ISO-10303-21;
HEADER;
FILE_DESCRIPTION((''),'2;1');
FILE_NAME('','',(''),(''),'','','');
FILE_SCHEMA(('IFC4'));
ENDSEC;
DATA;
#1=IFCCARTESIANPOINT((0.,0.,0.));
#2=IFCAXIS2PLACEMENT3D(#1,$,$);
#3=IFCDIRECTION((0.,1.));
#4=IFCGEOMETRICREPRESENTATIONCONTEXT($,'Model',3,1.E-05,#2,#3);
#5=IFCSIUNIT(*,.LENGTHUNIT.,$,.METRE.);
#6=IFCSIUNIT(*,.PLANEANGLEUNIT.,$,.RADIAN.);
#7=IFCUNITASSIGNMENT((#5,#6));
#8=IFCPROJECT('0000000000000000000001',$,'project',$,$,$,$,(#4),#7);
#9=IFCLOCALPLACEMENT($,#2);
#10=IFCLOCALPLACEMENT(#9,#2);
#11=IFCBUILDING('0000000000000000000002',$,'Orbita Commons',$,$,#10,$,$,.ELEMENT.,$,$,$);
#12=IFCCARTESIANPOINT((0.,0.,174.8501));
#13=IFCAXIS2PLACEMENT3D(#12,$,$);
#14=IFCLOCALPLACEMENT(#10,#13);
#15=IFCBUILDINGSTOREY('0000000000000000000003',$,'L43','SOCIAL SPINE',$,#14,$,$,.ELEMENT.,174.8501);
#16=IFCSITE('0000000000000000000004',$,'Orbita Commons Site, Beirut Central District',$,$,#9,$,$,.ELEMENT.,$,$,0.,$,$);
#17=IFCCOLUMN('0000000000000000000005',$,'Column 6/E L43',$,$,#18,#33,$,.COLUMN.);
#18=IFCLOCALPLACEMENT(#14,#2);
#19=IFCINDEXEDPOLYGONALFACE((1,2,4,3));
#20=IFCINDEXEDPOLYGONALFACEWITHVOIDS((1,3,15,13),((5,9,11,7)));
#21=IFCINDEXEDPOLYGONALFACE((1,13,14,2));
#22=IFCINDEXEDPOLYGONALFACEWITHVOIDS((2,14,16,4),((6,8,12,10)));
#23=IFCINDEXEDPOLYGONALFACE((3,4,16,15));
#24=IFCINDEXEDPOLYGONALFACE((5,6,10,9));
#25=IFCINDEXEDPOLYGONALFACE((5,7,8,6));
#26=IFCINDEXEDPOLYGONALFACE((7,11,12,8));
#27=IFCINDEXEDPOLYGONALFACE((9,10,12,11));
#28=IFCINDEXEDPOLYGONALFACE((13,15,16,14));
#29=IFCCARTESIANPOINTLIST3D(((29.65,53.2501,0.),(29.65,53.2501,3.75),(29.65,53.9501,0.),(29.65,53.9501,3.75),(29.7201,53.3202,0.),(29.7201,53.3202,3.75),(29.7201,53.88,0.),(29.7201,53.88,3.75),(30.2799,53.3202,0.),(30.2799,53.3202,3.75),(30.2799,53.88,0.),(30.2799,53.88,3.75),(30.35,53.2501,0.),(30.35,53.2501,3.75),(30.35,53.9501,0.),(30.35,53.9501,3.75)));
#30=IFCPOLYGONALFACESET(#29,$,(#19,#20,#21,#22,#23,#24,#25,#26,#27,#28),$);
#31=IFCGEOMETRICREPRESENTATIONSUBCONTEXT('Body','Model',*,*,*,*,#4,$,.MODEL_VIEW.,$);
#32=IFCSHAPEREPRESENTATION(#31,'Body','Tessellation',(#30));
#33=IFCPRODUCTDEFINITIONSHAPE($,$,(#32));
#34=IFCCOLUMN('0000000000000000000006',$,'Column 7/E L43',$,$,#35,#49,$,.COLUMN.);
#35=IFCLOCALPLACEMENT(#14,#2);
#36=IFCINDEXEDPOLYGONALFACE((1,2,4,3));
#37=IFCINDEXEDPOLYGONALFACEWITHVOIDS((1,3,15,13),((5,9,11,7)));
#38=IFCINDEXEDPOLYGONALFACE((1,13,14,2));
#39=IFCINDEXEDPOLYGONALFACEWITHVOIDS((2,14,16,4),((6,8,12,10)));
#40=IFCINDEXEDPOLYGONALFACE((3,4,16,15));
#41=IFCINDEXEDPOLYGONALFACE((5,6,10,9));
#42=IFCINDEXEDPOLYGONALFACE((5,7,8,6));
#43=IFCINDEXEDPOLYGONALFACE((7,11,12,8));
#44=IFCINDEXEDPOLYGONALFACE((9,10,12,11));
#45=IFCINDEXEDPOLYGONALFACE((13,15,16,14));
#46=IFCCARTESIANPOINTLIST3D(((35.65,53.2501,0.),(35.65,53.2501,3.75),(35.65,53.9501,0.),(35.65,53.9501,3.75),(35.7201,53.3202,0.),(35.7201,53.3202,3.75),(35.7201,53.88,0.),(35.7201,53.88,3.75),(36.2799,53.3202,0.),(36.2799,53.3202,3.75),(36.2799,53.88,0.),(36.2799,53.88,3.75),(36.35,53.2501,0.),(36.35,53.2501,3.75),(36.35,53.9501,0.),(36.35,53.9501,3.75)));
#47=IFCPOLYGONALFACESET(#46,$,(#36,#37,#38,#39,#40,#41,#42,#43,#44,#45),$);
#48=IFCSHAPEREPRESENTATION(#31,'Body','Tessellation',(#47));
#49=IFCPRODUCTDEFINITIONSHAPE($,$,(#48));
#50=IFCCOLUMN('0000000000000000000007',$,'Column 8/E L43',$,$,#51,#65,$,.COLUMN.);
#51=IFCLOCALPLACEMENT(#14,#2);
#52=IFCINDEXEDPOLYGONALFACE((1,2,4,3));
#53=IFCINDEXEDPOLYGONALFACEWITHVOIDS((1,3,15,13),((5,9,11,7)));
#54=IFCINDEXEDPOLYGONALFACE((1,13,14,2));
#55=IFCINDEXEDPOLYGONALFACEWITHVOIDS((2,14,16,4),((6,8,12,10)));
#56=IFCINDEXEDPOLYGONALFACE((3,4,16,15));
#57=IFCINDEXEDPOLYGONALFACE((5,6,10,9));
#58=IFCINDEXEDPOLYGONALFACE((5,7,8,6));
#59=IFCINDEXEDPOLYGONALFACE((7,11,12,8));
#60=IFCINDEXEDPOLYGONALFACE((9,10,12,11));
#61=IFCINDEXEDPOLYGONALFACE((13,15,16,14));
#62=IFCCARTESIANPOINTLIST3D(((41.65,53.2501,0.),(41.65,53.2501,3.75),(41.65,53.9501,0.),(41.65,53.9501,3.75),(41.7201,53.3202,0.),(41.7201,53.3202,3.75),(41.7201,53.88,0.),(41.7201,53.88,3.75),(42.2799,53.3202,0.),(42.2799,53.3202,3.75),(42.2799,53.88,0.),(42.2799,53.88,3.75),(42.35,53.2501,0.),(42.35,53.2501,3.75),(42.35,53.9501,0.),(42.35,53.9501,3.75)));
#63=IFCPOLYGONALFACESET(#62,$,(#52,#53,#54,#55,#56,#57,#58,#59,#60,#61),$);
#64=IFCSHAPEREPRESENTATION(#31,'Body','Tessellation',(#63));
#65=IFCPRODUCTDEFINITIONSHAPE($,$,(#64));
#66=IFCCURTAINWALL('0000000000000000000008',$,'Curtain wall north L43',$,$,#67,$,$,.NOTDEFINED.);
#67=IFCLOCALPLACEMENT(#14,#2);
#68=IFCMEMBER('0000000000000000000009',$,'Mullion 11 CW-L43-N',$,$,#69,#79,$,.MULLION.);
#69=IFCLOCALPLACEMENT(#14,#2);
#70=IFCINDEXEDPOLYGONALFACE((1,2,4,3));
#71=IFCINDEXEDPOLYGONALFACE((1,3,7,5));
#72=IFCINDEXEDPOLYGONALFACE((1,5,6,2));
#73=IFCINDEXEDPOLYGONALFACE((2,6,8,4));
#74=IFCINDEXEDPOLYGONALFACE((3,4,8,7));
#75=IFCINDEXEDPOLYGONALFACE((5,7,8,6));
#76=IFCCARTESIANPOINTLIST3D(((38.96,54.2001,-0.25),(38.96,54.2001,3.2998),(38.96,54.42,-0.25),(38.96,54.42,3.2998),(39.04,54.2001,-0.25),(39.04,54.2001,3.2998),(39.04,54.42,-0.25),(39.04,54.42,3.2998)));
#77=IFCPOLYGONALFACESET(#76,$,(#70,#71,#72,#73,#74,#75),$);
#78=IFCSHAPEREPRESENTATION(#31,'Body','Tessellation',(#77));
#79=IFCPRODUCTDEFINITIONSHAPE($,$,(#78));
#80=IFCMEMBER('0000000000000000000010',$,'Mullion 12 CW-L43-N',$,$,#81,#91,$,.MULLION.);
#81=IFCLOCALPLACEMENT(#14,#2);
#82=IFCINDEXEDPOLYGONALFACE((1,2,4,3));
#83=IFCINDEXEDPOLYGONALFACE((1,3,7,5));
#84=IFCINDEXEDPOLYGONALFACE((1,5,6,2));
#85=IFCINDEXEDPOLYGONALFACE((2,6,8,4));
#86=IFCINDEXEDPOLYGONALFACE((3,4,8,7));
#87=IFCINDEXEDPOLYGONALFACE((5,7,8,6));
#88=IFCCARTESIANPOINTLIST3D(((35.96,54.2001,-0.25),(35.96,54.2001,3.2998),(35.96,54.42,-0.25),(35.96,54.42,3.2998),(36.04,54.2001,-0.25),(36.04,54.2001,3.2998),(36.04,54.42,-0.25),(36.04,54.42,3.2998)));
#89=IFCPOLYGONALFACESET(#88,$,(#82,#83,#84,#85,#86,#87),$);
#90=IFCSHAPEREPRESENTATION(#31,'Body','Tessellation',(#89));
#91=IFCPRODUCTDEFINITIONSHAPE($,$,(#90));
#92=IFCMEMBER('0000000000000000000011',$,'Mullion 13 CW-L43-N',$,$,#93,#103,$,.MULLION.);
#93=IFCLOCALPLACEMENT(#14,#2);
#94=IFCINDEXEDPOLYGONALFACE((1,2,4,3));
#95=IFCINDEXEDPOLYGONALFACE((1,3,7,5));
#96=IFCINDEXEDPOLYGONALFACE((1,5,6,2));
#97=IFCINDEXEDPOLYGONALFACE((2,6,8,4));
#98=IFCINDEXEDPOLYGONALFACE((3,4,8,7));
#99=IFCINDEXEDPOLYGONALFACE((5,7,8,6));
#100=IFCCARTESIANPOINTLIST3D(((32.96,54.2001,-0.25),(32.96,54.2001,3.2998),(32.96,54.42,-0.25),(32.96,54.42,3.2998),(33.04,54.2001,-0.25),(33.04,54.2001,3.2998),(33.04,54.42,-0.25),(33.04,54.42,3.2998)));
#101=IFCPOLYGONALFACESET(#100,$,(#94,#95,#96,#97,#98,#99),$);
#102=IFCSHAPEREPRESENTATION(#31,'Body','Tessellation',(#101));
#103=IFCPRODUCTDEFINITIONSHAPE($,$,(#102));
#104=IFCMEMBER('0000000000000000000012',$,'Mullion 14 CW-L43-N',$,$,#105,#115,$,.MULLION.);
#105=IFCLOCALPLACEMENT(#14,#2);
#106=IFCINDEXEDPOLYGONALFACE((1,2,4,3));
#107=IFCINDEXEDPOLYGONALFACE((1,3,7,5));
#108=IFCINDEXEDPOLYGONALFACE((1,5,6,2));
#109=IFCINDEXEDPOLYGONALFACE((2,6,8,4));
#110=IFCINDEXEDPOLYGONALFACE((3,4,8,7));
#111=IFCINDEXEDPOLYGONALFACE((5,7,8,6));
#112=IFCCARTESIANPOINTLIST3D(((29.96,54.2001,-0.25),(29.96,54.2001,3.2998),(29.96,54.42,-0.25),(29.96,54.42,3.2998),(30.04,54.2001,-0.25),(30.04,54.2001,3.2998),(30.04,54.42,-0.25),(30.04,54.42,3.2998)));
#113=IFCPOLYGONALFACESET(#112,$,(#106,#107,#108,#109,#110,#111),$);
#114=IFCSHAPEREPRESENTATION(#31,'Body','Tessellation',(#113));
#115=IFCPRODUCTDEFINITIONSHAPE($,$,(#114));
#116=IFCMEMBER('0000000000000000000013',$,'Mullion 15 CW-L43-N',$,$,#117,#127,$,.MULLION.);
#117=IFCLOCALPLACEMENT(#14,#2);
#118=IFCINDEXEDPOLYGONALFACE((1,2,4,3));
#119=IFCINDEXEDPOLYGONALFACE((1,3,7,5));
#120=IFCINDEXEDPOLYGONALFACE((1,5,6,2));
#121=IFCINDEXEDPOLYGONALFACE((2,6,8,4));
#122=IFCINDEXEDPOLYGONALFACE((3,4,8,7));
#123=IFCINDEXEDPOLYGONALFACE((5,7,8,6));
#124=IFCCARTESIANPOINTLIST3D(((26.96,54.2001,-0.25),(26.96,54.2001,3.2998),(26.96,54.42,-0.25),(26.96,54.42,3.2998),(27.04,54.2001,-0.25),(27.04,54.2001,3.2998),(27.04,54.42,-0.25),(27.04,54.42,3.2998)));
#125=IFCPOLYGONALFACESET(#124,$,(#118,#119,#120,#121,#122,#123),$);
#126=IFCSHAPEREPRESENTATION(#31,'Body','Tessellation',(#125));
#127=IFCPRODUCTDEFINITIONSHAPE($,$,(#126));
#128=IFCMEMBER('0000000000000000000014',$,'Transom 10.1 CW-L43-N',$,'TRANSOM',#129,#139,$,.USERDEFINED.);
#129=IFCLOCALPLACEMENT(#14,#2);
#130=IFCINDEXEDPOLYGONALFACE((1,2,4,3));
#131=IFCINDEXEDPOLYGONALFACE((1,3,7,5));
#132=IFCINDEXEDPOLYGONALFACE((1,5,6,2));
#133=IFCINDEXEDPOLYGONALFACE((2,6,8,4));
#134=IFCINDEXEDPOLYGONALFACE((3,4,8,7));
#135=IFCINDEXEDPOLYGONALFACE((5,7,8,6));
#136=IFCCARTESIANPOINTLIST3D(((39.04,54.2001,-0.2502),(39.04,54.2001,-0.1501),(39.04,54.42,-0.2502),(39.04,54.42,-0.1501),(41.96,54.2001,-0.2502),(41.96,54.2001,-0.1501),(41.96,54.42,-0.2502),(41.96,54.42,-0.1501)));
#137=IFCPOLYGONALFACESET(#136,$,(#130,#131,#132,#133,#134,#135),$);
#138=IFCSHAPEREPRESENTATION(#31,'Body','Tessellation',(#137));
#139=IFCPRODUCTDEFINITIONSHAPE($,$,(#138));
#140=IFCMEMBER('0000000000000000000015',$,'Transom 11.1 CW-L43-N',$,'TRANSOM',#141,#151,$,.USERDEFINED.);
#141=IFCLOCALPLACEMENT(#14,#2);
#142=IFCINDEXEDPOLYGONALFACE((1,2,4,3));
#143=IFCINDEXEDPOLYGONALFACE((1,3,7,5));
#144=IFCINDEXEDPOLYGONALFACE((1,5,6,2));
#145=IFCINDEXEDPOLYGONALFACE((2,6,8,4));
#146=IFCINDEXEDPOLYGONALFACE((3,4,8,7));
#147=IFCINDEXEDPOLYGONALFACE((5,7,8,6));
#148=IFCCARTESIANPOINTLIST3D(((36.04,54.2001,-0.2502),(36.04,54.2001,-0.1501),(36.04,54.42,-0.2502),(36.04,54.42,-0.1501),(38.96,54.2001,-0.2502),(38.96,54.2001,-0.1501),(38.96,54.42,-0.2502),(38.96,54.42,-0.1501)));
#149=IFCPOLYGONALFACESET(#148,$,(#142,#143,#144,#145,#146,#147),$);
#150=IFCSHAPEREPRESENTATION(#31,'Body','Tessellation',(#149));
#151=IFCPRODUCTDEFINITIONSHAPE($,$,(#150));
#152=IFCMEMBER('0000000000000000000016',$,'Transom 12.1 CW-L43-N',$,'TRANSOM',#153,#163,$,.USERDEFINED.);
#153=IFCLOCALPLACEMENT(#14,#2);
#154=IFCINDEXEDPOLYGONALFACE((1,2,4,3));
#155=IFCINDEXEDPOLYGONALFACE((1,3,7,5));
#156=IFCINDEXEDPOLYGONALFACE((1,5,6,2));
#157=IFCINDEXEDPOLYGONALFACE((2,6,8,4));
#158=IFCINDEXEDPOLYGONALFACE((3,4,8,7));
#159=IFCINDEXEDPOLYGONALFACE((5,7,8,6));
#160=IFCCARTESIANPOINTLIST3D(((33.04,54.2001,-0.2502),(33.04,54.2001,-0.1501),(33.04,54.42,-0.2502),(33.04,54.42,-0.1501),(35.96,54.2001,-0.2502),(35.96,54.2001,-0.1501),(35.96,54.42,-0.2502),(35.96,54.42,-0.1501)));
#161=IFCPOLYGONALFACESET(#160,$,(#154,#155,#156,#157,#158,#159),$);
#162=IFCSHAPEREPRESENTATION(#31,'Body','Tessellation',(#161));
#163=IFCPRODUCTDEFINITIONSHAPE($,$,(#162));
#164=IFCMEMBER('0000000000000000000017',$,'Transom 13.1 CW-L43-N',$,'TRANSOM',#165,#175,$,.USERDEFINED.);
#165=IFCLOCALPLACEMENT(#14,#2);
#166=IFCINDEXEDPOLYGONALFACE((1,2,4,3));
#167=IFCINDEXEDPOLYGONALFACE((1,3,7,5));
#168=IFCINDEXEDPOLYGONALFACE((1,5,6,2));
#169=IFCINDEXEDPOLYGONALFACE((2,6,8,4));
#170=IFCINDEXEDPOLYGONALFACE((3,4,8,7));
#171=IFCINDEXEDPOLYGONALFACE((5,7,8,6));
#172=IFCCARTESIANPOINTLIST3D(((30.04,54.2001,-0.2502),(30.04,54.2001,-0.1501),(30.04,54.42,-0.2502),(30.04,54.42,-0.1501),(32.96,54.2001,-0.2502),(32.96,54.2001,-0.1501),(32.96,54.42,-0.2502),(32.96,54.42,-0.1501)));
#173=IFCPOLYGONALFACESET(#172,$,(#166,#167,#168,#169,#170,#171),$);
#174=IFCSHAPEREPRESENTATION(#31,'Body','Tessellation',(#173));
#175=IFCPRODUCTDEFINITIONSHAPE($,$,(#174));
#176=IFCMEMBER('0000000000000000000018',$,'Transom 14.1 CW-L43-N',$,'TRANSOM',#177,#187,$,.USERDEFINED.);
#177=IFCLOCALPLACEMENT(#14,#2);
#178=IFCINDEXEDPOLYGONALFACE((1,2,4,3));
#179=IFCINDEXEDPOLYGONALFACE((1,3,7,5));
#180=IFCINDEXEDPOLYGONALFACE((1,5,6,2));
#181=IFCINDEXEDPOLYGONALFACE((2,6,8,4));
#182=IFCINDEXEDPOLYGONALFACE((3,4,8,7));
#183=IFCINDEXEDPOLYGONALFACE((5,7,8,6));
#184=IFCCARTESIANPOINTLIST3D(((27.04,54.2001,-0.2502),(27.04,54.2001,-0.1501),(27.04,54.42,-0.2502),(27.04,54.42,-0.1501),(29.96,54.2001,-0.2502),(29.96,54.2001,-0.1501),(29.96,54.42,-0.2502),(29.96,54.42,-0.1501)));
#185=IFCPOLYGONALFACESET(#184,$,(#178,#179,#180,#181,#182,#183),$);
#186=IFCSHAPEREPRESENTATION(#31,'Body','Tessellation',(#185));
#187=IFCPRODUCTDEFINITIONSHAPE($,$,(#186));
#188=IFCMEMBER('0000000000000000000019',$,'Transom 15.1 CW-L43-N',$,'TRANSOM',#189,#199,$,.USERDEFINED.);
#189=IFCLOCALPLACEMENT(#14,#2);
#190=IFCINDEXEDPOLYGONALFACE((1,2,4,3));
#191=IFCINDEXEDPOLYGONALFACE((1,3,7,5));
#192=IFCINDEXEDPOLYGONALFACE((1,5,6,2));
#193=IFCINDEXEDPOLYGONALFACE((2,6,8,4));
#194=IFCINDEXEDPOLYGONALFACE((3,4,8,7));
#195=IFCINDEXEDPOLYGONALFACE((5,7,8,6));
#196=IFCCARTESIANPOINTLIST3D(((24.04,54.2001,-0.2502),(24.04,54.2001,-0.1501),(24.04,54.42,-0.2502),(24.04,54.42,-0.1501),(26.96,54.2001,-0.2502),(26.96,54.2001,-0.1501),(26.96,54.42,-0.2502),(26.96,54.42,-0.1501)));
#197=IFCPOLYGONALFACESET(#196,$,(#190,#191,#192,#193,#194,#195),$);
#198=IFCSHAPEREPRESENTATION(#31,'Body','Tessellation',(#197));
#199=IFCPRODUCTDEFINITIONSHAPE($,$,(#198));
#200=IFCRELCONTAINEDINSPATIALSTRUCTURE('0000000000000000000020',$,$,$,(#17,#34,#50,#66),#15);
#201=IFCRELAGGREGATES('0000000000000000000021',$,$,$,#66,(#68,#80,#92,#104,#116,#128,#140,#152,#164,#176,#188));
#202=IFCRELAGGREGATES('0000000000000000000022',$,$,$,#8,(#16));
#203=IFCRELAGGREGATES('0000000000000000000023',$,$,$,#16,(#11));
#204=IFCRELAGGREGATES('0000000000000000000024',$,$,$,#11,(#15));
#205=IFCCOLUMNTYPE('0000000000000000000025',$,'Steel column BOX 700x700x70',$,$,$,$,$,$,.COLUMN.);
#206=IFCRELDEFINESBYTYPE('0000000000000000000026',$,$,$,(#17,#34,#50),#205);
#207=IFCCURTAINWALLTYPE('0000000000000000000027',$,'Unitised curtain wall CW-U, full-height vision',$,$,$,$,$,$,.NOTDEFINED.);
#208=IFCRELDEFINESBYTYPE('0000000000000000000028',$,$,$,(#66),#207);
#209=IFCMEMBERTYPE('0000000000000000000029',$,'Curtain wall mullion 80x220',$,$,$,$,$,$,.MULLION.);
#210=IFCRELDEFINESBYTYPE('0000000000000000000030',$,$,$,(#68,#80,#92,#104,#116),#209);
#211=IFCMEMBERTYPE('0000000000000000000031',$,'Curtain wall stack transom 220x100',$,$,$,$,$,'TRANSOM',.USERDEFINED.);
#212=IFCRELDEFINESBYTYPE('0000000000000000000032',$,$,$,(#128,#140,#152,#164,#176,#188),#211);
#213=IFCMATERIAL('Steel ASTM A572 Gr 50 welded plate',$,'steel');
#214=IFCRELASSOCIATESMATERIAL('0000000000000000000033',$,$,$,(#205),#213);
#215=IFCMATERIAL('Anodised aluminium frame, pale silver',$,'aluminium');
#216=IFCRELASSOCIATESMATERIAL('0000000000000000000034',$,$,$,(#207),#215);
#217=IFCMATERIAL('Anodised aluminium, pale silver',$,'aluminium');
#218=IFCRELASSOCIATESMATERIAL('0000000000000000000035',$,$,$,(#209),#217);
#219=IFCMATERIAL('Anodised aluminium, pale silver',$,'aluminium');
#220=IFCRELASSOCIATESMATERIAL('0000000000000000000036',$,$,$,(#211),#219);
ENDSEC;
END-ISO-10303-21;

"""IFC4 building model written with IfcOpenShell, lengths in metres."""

from ifc_helpers import new_model, si_unit, direction, frame, origin, origin_2d, place, context, subcontext, project, spatial, rectangle, hollow_rectangle, extrude, material, material_profile, profile_set, type_object, element, aggregate, save


model = new_model("IFC4")

# Units and contexts
model_context = context("Model", 3, precision=1e-05, world=origin(), true_north=direction((0.0, 1.0)))
body_context = subcontext(model_context, "Body", "Model", "MODEL_VIEW")
ifc_project = project(units=[si_unit("LENGTHUNIT", "METRE"), si_unit("PLANEANGLEUNIT", "RADIAN")], contexts=[model_context])

# Site, building, storey
site_placement = place(None, origin())
site = spatial("IfcSite", under=ifc_project, at=site_placement, Name="Orbita Commons Site, Beirut Central District", CompositionType="ELEMENT", RefElevation=0.0)
building_placement = place(site_placement, origin())
building = spatial("IfcBuilding", under=site, at=building_placement, Name="Orbita Commons", CompositionType="ELEMENT")
storey_placement = place(building_placement, frame((0.0, 0.0, 174.8501)))
storey = spatial("IfcBuildingStorey", under=building, at=storey_placement, Name="L43", Description="SOCIAL SPINE", CompositionType="ELEMENT", Elevation=174.8501)

# Columns
ifc_material_1 = material(Name="Steel ASTM A572 Gr 50 welded plate", Category="steel")
ifc_material_profile_1 = material_profile(ifc_material_1, hollow_rectangle(XDim=0.7, YDim=0.7, WallThickness=0.0701, at=origin_2d()), Name="BOX 700x700x70")
ifc_profile_set_1 = profile_set([ifc_material_profile_1], Name="Steel ASTM A572 Gr 50 welded plate")
column_type = type_object("IfcColumnType", Name="Steel column BOX 700x700x70", PredefinedType="COLUMN", material=ifc_profile_set_1)
for number, where, z_axis, x_axis, name in (
    (1, (30.0, 53.6001, 0.0), (0.0, 0.0, 1.0), (1.0, 0.0, 0.0), "Column 6/E L43"),
    (2, (36.0, 53.6001, 0.0), (0.0, 0.0, 1.0), (1.0, 0.0, 0.0), "Column 7/E L43"),
    (3, (42.0, 53.6001, 0.0), (0.0, 0.0, 1.0), (1.0, 0.0, 0.0), "Column 8/E L43"),
):
    element("IfcColumn", number, at=place(storey_placement, frame(where, z_axis=z_axis, x_axis=x_axis)), inside=storey, type_object=column_type, Name=name, PredefinedType="COLUMN", context=body_context, shape_type="SweptSolid", body=[
        extrude(hollow_rectangle(XDim=0.7, YDim=0.7, WallThickness=0.0701, at=origin_2d()), origin(), (0.0, 0.0, 1.0), 3.75),
    ])

# Curtain wall, members
ifc_material_2 = material(Name="Anodised aluminium frame, pale silver", Category="aluminium")
curtain_wall_type = type_object("IfcCurtainWallType", Name="Unitised curtain wall CW-U, full-height vision", PredefinedType="NOTDEFINED", material=ifc_material_2)
curtain_wall_placement = place(storey_placement, origin())
curtain_wall = element("IfcCurtainWall", 4, at=curtain_wall_placement, inside=storey, type_object=curtain_wall_type, Name="Curtain wall north L43", PredefinedType="NOTDEFINED")
ifc_material_3 = material(Name="Anodised aluminium, pale silver", Category="aluminium")
ifc_material_profile_2 = material_profile(ifc_material_3, rectangle(XDim=0.0801, YDim=0.22, at=origin_2d()), Name="AL 80x220")
ifc_profile_set_2 = profile_set([ifc_material_profile_2], Name="Anodised aluminium, pale silver")
member_type_1 = type_object("IfcMemberType", Name="Curtain wall mullion 80x220", PredefinedType="MULLION", material=ifc_profile_set_2)
member_1_placement = place(storey_placement, frame((39.0, 54.3101, -0.25), z_axis=(0.0, 0.0, 1.0), x_axis=(-1.0, 0.0, 0.0)))
member_1 = element("IfcMember", 5, at=member_1_placement, type_object=member_type_1, Name="Mullion 11 CW-L43-N", PredefinedType="MULLION", context=body_context, shape_type="SweptSolid", body=[
    extrude(rectangle(XDim=0.0801, YDim=0.22, at=origin_2d()), origin(), (0.0, 0.0, 1.0), 3.5498),
])
member_2_placement = place(storey_placement, frame((36.0, 54.3101, -0.25), z_axis=(0.0, 0.0, 1.0), x_axis=(-1.0, 0.0, 0.0)))
member_2 = element("IfcMember", 6, at=member_2_placement, type_object=member_type_1, Name="Mullion 12 CW-L43-N", PredefinedType="MULLION", context=body_context, shape_type="SweptSolid", body=[
    extrude(rectangle(XDim=0.0801, YDim=0.22, at=origin_2d()), origin(), (0.0, 0.0, 1.0), 3.5498),
])
member_3_placement = place(storey_placement, frame((33.0, 54.3101, -0.25), z_axis=(0.0, 0.0, 1.0), x_axis=(-1.0, 0.0, 0.0)))
member_3 = element("IfcMember", 7, at=member_3_placement, type_object=member_type_1, Name="Mullion 13 CW-L43-N", PredefinedType="MULLION", context=body_context, shape_type="SweptSolid", body=[
    extrude(rectangle(XDim=0.0801, YDim=0.22, at=origin_2d()), origin(), (0.0, 0.0, 1.0), 3.5498),
])
member_4_placement = place(storey_placement, frame((30.0, 54.3101, -0.25), z_axis=(0.0, 0.0, 1.0), x_axis=(-1.0, 0.0, 0.0)))
member_4 = element("IfcMember", 8, at=member_4_placement, type_object=member_type_1, Name="Mullion 14 CW-L43-N", PredefinedType="MULLION", context=body_context, shape_type="SweptSolid", body=[
    extrude(rectangle(XDim=0.0801, YDim=0.22, at=origin_2d()), origin(), (0.0, 0.0, 1.0), 3.5498),
])
member_5_placement = place(storey_placement, frame((27.0, 54.3101, -0.25), z_axis=(0.0, 0.0, 1.0), x_axis=(-1.0, 0.0, 0.0)))
member_5 = element("IfcMember", 9, at=member_5_placement, type_object=member_type_1, Name="Mullion 15 CW-L43-N", PredefinedType="MULLION", context=body_context, shape_type="SweptSolid", body=[
    extrude(rectangle(XDim=0.0801, YDim=0.22, at=origin_2d()), origin(), (0.0, 0.0, 1.0), 3.5498),
])
ifc_material_4 = material(Name="Anodised aluminium, pale silver", Category="aluminium")
ifc_material_profile_3 = material_profile(ifc_material_4, rectangle(XDim=0.22, YDim=0.1001, at=origin_2d()), Name="AL 220x100")
ifc_profile_set_3 = profile_set([ifc_material_profile_3], Name="Anodised aluminium, pale silver")
member_type_2 = type_object("IfcMemberType", Name="Curtain wall stack transom 220x100", ElementType="TRANSOM", PredefinedType="USERDEFINED", material=ifc_profile_set_3)
member_6_placement = place(storey_placement, frame((41.96, 54.3101, -0.2002), z_axis=(-1.0, 0.0, 0.0), x_axis=(0.0, -1.0, 0.0)))
member_6 = element("IfcMember", 10, at=member_6_placement, type_object=member_type_2, Name="Transom 10.1 CW-L43-N", ObjectType="TRANSOM", PredefinedType="USERDEFINED", context=body_context, shape_type="SweptSolid", body=[
    extrude(rectangle(XDim=0.22, YDim=0.1001, at=origin_2d()), origin(), (0.0, 0.0, 1.0), 2.9199),
])
member_7_placement = place(storey_placement, frame((38.96, 54.3101, -0.2002), z_axis=(-1.0, 0.0, 0.0), x_axis=(0.0, -1.0, 0.0)))
member_7 = element("IfcMember", 11, at=member_7_placement, type_object=member_type_2, Name="Transom 11.1 CW-L43-N", ObjectType="TRANSOM", PredefinedType="USERDEFINED", context=body_context, shape_type="SweptSolid", body=[
    extrude(rectangle(XDim=0.22, YDim=0.1001, at=origin_2d()), origin(), (0.0, 0.0, 1.0), 2.9199),
])
member_8_placement = place(storey_placement, frame((35.96, 54.3101, -0.2002), z_axis=(-1.0, 0.0, 0.0), x_axis=(0.0, -1.0, 0.0)))
member_8 = element("IfcMember", 12, at=member_8_placement, type_object=member_type_2, Name="Transom 12.1 CW-L43-N", ObjectType="TRANSOM", PredefinedType="USERDEFINED", context=body_context, shape_type="SweptSolid", body=[
    extrude(rectangle(XDim=0.22, YDim=0.1001, at=origin_2d()), origin(), (0.0, 0.0, 1.0), 2.9199),
])
member_9_placement = place(storey_placement, frame((32.96, 54.3101, -0.2002), z_axis=(-1.0, 0.0, 0.0), x_axis=(0.0, -1.0, 0.0)))
member_9 = element("IfcMember", 13, at=member_9_placement, type_object=member_type_2, Name="Transom 13.1 CW-L43-N", ObjectType="TRANSOM", PredefinedType="USERDEFINED", context=body_context, shape_type="SweptSolid", body=[
    extrude(rectangle(XDim=0.22, YDim=0.1001, at=origin_2d()), origin(), (0.0, 0.0, 1.0), 2.9199),
])
member_10_placement = place(storey_placement, frame((29.96, 54.3101, -0.2002), z_axis=(-1.0, 0.0, 0.0), x_axis=(0.0, -1.0, 0.0)))
member_10 = element("IfcMember", 14, at=member_10_placement, type_object=member_type_2, Name="Transom 14.1 CW-L43-N", ObjectType="TRANSOM", PredefinedType="USERDEFINED", context=body_context, shape_type="SweptSolid", body=[
    extrude(rectangle(XDim=0.22, YDim=0.1001, at=origin_2d()), origin(), (0.0, 0.0, 1.0), 2.9199),
])
member_11_placement = place(storey_placement, frame((26.96, 54.3101, -0.2002), z_axis=(-1.0, 0.0, 0.0), x_axis=(0.0, -1.0, 0.0)))
member_11 = element("IfcMember", 15, at=member_11_placement, type_object=member_type_2, Name="Transom 15.1 CW-L43-N", ObjectType="TRANSOM", PredefinedType="USERDEFINED", context=body_context, shape_type="SweptSolid", body=[
    extrude(rectangle(XDim=0.22, YDim=0.1001, at=origin_2d()), origin(), (0.0, 0.0, 1.0), 2.9199),
])

aggregate(curtain_wall, [member_1, member_2, member_3, member_4, member_5, member_6, member_7, member_8, member_9, member_10, member_11])

save(model, "model.ifc")
